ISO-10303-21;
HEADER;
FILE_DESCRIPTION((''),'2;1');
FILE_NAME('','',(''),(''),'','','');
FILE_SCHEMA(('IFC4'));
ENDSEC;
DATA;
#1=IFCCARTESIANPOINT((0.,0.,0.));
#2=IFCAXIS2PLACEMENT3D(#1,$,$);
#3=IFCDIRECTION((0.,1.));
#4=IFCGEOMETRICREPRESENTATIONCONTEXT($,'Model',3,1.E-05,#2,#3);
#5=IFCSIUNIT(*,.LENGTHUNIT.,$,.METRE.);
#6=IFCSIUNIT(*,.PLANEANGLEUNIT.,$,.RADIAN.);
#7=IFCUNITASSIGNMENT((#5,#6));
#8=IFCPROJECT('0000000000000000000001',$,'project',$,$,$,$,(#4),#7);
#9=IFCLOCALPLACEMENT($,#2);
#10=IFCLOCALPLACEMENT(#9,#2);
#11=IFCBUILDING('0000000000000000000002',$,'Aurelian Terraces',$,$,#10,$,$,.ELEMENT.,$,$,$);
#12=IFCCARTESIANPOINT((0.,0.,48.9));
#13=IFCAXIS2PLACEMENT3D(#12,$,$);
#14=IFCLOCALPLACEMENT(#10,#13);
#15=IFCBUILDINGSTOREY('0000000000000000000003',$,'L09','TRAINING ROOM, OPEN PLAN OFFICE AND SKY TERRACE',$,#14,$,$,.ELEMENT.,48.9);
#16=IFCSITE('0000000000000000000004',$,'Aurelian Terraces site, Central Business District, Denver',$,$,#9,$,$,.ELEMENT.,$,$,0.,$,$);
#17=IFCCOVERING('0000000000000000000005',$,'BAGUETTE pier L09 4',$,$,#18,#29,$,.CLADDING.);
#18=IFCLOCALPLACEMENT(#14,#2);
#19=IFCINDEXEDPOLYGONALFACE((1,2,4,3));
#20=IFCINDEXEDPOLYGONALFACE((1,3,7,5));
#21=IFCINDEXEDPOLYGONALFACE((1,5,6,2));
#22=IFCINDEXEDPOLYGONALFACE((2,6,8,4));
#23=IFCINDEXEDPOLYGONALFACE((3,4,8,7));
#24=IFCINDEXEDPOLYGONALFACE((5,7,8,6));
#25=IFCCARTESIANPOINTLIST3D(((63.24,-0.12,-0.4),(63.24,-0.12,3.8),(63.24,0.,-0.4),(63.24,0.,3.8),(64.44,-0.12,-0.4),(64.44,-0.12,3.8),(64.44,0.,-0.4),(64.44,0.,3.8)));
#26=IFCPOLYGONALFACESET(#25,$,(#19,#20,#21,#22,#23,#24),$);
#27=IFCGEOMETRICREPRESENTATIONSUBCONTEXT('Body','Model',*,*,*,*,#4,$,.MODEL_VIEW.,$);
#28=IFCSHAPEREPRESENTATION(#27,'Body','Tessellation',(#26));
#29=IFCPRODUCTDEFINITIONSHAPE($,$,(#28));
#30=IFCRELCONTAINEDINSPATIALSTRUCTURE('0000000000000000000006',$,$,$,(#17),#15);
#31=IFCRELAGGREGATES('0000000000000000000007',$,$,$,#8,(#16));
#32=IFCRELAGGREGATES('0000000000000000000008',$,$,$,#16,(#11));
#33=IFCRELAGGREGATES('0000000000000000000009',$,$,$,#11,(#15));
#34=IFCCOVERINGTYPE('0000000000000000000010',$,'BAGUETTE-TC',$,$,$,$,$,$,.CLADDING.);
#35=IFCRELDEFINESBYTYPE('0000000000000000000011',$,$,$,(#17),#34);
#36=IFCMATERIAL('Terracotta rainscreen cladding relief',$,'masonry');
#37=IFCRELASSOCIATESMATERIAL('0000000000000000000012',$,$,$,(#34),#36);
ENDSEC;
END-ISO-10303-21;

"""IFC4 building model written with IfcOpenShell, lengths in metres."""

from ifc_helpers import new_model, si_unit, direction, frame, origin, origin_2d, place, context, subcontext, project, spatial, rectangle, extrude, source, transform, mapped, material, type_object, element, save


model = new_model("IFC4")

# Units and contexts
model_context = context("Model", 3, precision=1e-05, world=origin(), true_north=direction((0.0, 1.0)))
body_context = subcontext(model_context, "Body", "Model", "MODEL_VIEW")
ifc_project = project(units=[si_unit("LENGTHUNIT", "METRE"), si_unit("PLANEANGLEUNIT", "RADIAN")], contexts=[model_context])

# Site, building, storey
site_placement = place(None, origin())
site = spatial("IfcSite", under=ifc_project, at=site_placement, Name="Aurelian Terraces site, Central Business District, Denver", CompositionType="ELEMENT", RefElevation=0.0)
building_placement = place(site_placement, origin())
building = spatial("IfcBuilding", under=site, at=building_placement, Name="Aurelian Terraces", CompositionType="ELEMENT")
storey_placement = place(building_placement, frame((0.0, 0.0, 48.9)))
storey = spatial("IfcBuildingStorey", under=building, at=storey_placement, Name="L09", Description="TRAINING ROOM, OPEN PLAN OFFICE AND SKY TERRACE", CompositionType="ELEMENT", Elevation=48.9)

# Covering
ifc_material_1 = material(Name="Terracotta rainscreen cladding relief", Category="masonry")
covering_type = type_object("IfcCoveringType", Name="BAGUETTE-TC", PredefinedType="CLADDING", material=ifc_material_1)
shared_shape_1 = source(origin(), body_context, "Body", "SweptSolid", [
    extrude(rectangle(XDim=1.2, YDim=0.12, at=origin_2d()), origin(), (0.0, 0.0, 1.0), 4.2),
])
for number, where, z_axis, x_axis, name in (
    (1, (63.84, -0.06, -0.4), (0.0, 0.0, 1.0), (1.0, 0.0, 0.0), "BAGUETTE pier L09 4"),
):
    element("IfcCovering", number, at=place(storey_placement, frame(where, z_axis=z_axis, x_axis=x_axis)), inside=storey, type_object=covering_type, Name=name, PredefinedType="CLADDING", context=body_context, shape_type="MappedRepresentation", body=[
        mapped(shared_shape_1, transform((0.0, 0.0, 0.0), scale=1.0)),
    ])

save(model, "model.ifc")
